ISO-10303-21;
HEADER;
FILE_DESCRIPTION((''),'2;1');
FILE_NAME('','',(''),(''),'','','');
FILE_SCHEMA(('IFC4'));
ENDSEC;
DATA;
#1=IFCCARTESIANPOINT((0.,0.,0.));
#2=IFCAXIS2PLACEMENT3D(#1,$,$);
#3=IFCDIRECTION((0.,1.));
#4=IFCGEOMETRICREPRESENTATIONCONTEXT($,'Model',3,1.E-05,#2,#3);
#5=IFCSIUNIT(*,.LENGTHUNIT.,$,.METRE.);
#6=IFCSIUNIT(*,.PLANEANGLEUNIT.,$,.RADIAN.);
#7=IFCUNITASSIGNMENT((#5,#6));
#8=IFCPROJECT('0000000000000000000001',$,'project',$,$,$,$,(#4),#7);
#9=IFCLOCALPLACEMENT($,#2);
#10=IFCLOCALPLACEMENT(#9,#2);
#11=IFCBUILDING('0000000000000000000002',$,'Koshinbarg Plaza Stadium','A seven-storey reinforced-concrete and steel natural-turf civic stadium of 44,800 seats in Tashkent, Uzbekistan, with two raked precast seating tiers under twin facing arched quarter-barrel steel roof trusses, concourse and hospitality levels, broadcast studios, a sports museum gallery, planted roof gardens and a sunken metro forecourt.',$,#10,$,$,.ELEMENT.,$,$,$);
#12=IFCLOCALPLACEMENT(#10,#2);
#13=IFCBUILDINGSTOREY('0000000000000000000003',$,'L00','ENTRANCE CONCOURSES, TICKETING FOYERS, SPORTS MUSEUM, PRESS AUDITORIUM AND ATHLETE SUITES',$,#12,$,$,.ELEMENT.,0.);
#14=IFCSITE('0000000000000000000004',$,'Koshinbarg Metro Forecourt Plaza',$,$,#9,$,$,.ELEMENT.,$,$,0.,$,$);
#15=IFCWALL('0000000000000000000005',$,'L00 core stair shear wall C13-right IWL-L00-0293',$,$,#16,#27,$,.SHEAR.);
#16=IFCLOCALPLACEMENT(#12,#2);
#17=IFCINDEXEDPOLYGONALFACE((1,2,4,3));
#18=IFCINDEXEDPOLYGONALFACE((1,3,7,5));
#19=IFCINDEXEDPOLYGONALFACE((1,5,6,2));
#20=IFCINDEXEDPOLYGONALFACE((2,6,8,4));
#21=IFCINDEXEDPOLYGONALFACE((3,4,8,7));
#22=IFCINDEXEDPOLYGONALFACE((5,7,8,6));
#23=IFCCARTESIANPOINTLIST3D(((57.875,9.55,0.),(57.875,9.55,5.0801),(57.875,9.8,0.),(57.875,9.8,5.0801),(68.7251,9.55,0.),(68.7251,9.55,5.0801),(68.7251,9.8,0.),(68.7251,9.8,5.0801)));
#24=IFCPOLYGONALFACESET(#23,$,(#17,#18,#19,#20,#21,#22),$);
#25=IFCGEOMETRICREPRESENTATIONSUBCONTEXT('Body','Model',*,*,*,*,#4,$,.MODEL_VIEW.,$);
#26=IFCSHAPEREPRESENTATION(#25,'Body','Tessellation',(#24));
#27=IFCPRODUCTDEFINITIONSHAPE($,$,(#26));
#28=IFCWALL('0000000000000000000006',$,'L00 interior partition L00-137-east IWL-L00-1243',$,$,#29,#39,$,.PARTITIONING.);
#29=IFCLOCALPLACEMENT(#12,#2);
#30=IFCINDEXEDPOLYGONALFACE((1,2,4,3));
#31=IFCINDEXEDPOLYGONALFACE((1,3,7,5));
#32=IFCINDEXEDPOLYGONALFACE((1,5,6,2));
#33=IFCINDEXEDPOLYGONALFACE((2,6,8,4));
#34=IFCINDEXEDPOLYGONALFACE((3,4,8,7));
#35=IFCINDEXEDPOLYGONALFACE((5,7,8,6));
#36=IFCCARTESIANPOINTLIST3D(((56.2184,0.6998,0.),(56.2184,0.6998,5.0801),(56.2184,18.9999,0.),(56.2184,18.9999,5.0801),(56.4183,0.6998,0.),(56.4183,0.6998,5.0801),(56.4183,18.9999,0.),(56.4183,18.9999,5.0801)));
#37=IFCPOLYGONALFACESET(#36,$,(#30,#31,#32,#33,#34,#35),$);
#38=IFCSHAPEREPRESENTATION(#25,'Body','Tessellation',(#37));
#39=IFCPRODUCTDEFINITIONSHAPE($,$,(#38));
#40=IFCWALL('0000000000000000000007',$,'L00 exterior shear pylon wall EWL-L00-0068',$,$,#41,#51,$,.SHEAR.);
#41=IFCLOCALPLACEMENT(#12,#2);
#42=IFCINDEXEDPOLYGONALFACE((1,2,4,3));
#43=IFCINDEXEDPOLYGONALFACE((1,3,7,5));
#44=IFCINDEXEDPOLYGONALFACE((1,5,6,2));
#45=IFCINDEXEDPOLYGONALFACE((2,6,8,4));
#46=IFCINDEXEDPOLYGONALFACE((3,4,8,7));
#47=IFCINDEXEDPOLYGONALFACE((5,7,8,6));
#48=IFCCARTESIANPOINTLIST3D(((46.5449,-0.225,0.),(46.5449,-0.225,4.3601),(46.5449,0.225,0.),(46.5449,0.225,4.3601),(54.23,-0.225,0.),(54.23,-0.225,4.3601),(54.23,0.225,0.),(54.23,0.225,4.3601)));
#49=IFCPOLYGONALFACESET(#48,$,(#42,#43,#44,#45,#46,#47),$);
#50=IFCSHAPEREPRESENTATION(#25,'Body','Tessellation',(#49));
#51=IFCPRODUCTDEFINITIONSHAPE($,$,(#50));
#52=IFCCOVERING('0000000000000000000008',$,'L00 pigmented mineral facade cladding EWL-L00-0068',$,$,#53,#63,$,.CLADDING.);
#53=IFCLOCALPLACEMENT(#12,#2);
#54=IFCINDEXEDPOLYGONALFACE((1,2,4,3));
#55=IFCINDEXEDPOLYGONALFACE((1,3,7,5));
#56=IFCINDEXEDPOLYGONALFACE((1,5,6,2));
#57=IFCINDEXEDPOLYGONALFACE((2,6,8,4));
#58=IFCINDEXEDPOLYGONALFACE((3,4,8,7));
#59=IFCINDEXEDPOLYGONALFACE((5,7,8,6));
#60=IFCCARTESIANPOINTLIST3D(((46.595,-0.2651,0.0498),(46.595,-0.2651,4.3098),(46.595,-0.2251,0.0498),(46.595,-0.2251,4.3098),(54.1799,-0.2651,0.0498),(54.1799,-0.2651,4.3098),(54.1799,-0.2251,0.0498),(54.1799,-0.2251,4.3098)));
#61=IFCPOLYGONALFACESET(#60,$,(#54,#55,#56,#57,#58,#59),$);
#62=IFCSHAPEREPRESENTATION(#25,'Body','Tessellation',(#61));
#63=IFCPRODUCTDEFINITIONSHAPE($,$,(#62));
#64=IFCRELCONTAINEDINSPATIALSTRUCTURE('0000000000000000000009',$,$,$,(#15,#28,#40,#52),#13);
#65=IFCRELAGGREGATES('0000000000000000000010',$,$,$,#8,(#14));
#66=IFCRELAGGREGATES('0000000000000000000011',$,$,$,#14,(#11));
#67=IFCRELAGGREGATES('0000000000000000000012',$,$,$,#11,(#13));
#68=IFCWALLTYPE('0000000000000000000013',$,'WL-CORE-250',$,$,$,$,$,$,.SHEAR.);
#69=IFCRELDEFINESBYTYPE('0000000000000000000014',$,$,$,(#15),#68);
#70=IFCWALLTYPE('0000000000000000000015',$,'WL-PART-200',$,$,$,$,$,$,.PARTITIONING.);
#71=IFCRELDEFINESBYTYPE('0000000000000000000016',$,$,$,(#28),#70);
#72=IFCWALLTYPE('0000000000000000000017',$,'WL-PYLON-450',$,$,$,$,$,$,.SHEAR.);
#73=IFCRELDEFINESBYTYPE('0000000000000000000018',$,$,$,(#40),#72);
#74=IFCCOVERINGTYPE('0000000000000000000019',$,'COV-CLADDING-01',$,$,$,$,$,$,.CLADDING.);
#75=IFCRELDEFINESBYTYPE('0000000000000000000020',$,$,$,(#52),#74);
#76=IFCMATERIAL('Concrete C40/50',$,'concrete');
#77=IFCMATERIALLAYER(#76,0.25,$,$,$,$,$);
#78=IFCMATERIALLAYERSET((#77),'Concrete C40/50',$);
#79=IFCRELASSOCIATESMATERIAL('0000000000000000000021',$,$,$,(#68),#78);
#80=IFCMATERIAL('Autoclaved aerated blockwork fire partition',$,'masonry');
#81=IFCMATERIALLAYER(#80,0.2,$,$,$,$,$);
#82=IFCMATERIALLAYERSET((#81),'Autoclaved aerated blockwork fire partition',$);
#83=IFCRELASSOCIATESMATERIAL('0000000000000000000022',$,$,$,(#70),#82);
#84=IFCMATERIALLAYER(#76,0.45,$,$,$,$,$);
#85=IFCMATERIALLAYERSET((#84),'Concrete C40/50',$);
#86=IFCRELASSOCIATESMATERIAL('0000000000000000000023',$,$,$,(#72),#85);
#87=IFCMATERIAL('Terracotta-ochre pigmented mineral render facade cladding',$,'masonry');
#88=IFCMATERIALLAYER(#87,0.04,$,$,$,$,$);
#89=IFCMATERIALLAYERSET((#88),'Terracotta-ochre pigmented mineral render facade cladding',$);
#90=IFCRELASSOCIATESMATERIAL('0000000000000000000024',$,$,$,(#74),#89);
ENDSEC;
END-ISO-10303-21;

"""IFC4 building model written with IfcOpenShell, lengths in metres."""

from ifc_helpers import new_model, si_unit, direction, frame, frame_2d, origin, origin_2d, place, context, subcontext, project, spatial, rectangle, extrude, material, layer, layer_set, type_object, element, save


model = new_model("IFC4")

# Units and contexts
model_context = context("Model", 3, precision=1e-05, world=origin(), true_north=direction((0.0, 1.0)))
body_context = subcontext(model_context, "Body", "Model", "MODEL_VIEW")
ifc_project = project(units=[si_unit("LENGTHUNIT", "METRE"), si_unit("PLANEANGLEUNIT", "RADIAN")], contexts=[model_context])

# Site, building, storey
site_placement = place(None, origin())
site = spatial("IfcSite", under=ifc_project, at=site_placement, Name="Koshinbarg Metro Forecourt Plaza", CompositionType="ELEMENT", RefElevation=0.0)
building_placement = place(site_placement, origin())
building = spatial("IfcBuilding", under=site, at=building_placement, Name="Koshinbarg Plaza Stadium", Description="A seven-storey reinforced-concrete and steel natural-turf civic stadium of 44,800 seats in Tashkent, Uzbekistan, with two raked precast seating tiers under twin facing arched quarter-barrel steel roof trusses, concourse and hospitality levels, broadcast studios, a sports museum gallery, planted roof gardens and a sunken metro forecourt.", CompositionType="ELEMENT")
storey_placement = place(building_placement, origin())
storey = spatial("IfcBuildingStorey", under=building, at=storey_placement, Name="L00", Description="ENTRANCE CONCOURSES, TICKETING FOYERS, SPORTS MUSEUM, PRESS AUDITORIUM AND ATHLETE SUITES", CompositionType="ELEMENT", Elevation=0.0)

# Shared definitions
ifc_material_1 = material(Name="Concrete C40/50", Category="concrete")

# Shared definitions
ifc_layer_1 = layer(ifc_material_1, 0.25)
ifc_layer_set_1 = layer_set([ifc_layer_1], Name="Concrete C40/50")
wall_type_1 = type_object("IfcWallType", Name="WL-CORE-250", PredefinedType="SHEAR", material=ifc_layer_set_1)

# Walls
wall_1_placement = place(storey_placement, frame((57.875, 9.675, 0.0), z_axis=(0.0, 0.0, 1.0), x_axis=(1.0, 0.0, 0.0)))
element("IfcWall", 1, at=wall_1_placement, inside=storey, type_object=wall_type_1, Name="L00 core stair shear wall C13-right IWL-L00-0293", PredefinedType="SHEAR", context=body_context, shape_type="SweptSolid", body=[
    extrude(rectangle(XDim=10.8501, YDim=0.25, at=frame_2d((5.425, 0.0))), origin(), (0.0, 0.0, 1.0), 5.0801),
])
ifc_material_2 = material(Name="Autoclaved aerated blockwork fire partition", Category="masonry")
ifc_layer_2 = layer(ifc_material_2, 0.2)
ifc_layer_set_2 = layer_set([ifc_layer_2], Name="Autoclaved aerated blockwork fire partition")
wall_type_2 = type_object("IfcWallType", Name="WL-PART-200", PredefinedType="PARTITIONING", material=ifc_layer_set_2)
wall_2_placement = place(storey_placement, frame((56.3184, 0.7, 0.0), z_axis=(0.0, 0.0, 1.0), x_axis=(0.0, 1.0, 0.0)))
element("IfcWall", 2, at=wall_2_placement, inside=storey, type_object=wall_type_2, Name="L00 interior partition L00-137-east IWL-L00-1243", PredefinedType="PARTITIONING", context=body_context, shape_type="SweptSolid", body=[
    extrude(rectangle(XDim=18.3, YDim=0.2, at=frame_2d((9.1499, 0.0))), origin(), (0.0, 0.0, 1.0), 5.0801),
])
ifc_layer_3 = layer(ifc_material_1, 0.45)
ifc_layer_set_3 = layer_set([ifc_layer_3], Name="Concrete C40/50")
wall_type_3 = type_object("IfcWallType", Name="WL-PYLON-450", PredefinedType="SHEAR", material=ifc_layer_set_3)
wall_3_placement = place(storey_placement, frame((54.23, 0.0, 0.0), z_axis=(0.0, 0.0, 1.0), x_axis=(-1.0, 0.0, 0.0)))
element("IfcWall", 3, at=wall_3_placement, inside=storey, type_object=wall_type_3, Name="L00 exterior shear pylon wall EWL-L00-0068", PredefinedType="SHEAR", context=body_context, shape_type="SweptSolid", body=[
    extrude(rectangle(XDim=7.6851, YDim=0.45, at=frame_2d((3.8425, 0.0))), origin(), (0.0, 0.0, 1.0), 4.3601),
])

# Covering
ifc_material_3 = material(Name="Terracotta-ochre pigmented mineral render facade cladding", Category="masonry")
ifc_layer_4 = layer(ifc_material_3, 0.04)
ifc_layer_set_4 = layer_set([ifc_layer_4], Name="Terracotta-ochre pigmented mineral render facade cladding")
covering_type = type_object("IfcCoveringType", Name="COV-CLADDING-01", PredefinedType="CLADDING", material=ifc_layer_set_4)
covering_placement = place(storey_placement, frame((50.3875, -0.2451, 0.0498), z_axis=(0.0, 0.0, 1.0), x_axis=(-1.0, 0.0, 0.0)))
element("IfcCovering", 4, at=covering_placement, inside=storey, type_object=covering_type, Name="L00 pigmented mineral facade cladding EWL-L00-0068", PredefinedType="CLADDING", context=body_context, shape_type="SweptSolid", body=[
    extrude(rectangle(XDim=7.585, YDim=0.04, at=origin_2d()), origin(), (0.0, 0.0, 1.0), 4.26),
])

save(model, "model.ifc")
